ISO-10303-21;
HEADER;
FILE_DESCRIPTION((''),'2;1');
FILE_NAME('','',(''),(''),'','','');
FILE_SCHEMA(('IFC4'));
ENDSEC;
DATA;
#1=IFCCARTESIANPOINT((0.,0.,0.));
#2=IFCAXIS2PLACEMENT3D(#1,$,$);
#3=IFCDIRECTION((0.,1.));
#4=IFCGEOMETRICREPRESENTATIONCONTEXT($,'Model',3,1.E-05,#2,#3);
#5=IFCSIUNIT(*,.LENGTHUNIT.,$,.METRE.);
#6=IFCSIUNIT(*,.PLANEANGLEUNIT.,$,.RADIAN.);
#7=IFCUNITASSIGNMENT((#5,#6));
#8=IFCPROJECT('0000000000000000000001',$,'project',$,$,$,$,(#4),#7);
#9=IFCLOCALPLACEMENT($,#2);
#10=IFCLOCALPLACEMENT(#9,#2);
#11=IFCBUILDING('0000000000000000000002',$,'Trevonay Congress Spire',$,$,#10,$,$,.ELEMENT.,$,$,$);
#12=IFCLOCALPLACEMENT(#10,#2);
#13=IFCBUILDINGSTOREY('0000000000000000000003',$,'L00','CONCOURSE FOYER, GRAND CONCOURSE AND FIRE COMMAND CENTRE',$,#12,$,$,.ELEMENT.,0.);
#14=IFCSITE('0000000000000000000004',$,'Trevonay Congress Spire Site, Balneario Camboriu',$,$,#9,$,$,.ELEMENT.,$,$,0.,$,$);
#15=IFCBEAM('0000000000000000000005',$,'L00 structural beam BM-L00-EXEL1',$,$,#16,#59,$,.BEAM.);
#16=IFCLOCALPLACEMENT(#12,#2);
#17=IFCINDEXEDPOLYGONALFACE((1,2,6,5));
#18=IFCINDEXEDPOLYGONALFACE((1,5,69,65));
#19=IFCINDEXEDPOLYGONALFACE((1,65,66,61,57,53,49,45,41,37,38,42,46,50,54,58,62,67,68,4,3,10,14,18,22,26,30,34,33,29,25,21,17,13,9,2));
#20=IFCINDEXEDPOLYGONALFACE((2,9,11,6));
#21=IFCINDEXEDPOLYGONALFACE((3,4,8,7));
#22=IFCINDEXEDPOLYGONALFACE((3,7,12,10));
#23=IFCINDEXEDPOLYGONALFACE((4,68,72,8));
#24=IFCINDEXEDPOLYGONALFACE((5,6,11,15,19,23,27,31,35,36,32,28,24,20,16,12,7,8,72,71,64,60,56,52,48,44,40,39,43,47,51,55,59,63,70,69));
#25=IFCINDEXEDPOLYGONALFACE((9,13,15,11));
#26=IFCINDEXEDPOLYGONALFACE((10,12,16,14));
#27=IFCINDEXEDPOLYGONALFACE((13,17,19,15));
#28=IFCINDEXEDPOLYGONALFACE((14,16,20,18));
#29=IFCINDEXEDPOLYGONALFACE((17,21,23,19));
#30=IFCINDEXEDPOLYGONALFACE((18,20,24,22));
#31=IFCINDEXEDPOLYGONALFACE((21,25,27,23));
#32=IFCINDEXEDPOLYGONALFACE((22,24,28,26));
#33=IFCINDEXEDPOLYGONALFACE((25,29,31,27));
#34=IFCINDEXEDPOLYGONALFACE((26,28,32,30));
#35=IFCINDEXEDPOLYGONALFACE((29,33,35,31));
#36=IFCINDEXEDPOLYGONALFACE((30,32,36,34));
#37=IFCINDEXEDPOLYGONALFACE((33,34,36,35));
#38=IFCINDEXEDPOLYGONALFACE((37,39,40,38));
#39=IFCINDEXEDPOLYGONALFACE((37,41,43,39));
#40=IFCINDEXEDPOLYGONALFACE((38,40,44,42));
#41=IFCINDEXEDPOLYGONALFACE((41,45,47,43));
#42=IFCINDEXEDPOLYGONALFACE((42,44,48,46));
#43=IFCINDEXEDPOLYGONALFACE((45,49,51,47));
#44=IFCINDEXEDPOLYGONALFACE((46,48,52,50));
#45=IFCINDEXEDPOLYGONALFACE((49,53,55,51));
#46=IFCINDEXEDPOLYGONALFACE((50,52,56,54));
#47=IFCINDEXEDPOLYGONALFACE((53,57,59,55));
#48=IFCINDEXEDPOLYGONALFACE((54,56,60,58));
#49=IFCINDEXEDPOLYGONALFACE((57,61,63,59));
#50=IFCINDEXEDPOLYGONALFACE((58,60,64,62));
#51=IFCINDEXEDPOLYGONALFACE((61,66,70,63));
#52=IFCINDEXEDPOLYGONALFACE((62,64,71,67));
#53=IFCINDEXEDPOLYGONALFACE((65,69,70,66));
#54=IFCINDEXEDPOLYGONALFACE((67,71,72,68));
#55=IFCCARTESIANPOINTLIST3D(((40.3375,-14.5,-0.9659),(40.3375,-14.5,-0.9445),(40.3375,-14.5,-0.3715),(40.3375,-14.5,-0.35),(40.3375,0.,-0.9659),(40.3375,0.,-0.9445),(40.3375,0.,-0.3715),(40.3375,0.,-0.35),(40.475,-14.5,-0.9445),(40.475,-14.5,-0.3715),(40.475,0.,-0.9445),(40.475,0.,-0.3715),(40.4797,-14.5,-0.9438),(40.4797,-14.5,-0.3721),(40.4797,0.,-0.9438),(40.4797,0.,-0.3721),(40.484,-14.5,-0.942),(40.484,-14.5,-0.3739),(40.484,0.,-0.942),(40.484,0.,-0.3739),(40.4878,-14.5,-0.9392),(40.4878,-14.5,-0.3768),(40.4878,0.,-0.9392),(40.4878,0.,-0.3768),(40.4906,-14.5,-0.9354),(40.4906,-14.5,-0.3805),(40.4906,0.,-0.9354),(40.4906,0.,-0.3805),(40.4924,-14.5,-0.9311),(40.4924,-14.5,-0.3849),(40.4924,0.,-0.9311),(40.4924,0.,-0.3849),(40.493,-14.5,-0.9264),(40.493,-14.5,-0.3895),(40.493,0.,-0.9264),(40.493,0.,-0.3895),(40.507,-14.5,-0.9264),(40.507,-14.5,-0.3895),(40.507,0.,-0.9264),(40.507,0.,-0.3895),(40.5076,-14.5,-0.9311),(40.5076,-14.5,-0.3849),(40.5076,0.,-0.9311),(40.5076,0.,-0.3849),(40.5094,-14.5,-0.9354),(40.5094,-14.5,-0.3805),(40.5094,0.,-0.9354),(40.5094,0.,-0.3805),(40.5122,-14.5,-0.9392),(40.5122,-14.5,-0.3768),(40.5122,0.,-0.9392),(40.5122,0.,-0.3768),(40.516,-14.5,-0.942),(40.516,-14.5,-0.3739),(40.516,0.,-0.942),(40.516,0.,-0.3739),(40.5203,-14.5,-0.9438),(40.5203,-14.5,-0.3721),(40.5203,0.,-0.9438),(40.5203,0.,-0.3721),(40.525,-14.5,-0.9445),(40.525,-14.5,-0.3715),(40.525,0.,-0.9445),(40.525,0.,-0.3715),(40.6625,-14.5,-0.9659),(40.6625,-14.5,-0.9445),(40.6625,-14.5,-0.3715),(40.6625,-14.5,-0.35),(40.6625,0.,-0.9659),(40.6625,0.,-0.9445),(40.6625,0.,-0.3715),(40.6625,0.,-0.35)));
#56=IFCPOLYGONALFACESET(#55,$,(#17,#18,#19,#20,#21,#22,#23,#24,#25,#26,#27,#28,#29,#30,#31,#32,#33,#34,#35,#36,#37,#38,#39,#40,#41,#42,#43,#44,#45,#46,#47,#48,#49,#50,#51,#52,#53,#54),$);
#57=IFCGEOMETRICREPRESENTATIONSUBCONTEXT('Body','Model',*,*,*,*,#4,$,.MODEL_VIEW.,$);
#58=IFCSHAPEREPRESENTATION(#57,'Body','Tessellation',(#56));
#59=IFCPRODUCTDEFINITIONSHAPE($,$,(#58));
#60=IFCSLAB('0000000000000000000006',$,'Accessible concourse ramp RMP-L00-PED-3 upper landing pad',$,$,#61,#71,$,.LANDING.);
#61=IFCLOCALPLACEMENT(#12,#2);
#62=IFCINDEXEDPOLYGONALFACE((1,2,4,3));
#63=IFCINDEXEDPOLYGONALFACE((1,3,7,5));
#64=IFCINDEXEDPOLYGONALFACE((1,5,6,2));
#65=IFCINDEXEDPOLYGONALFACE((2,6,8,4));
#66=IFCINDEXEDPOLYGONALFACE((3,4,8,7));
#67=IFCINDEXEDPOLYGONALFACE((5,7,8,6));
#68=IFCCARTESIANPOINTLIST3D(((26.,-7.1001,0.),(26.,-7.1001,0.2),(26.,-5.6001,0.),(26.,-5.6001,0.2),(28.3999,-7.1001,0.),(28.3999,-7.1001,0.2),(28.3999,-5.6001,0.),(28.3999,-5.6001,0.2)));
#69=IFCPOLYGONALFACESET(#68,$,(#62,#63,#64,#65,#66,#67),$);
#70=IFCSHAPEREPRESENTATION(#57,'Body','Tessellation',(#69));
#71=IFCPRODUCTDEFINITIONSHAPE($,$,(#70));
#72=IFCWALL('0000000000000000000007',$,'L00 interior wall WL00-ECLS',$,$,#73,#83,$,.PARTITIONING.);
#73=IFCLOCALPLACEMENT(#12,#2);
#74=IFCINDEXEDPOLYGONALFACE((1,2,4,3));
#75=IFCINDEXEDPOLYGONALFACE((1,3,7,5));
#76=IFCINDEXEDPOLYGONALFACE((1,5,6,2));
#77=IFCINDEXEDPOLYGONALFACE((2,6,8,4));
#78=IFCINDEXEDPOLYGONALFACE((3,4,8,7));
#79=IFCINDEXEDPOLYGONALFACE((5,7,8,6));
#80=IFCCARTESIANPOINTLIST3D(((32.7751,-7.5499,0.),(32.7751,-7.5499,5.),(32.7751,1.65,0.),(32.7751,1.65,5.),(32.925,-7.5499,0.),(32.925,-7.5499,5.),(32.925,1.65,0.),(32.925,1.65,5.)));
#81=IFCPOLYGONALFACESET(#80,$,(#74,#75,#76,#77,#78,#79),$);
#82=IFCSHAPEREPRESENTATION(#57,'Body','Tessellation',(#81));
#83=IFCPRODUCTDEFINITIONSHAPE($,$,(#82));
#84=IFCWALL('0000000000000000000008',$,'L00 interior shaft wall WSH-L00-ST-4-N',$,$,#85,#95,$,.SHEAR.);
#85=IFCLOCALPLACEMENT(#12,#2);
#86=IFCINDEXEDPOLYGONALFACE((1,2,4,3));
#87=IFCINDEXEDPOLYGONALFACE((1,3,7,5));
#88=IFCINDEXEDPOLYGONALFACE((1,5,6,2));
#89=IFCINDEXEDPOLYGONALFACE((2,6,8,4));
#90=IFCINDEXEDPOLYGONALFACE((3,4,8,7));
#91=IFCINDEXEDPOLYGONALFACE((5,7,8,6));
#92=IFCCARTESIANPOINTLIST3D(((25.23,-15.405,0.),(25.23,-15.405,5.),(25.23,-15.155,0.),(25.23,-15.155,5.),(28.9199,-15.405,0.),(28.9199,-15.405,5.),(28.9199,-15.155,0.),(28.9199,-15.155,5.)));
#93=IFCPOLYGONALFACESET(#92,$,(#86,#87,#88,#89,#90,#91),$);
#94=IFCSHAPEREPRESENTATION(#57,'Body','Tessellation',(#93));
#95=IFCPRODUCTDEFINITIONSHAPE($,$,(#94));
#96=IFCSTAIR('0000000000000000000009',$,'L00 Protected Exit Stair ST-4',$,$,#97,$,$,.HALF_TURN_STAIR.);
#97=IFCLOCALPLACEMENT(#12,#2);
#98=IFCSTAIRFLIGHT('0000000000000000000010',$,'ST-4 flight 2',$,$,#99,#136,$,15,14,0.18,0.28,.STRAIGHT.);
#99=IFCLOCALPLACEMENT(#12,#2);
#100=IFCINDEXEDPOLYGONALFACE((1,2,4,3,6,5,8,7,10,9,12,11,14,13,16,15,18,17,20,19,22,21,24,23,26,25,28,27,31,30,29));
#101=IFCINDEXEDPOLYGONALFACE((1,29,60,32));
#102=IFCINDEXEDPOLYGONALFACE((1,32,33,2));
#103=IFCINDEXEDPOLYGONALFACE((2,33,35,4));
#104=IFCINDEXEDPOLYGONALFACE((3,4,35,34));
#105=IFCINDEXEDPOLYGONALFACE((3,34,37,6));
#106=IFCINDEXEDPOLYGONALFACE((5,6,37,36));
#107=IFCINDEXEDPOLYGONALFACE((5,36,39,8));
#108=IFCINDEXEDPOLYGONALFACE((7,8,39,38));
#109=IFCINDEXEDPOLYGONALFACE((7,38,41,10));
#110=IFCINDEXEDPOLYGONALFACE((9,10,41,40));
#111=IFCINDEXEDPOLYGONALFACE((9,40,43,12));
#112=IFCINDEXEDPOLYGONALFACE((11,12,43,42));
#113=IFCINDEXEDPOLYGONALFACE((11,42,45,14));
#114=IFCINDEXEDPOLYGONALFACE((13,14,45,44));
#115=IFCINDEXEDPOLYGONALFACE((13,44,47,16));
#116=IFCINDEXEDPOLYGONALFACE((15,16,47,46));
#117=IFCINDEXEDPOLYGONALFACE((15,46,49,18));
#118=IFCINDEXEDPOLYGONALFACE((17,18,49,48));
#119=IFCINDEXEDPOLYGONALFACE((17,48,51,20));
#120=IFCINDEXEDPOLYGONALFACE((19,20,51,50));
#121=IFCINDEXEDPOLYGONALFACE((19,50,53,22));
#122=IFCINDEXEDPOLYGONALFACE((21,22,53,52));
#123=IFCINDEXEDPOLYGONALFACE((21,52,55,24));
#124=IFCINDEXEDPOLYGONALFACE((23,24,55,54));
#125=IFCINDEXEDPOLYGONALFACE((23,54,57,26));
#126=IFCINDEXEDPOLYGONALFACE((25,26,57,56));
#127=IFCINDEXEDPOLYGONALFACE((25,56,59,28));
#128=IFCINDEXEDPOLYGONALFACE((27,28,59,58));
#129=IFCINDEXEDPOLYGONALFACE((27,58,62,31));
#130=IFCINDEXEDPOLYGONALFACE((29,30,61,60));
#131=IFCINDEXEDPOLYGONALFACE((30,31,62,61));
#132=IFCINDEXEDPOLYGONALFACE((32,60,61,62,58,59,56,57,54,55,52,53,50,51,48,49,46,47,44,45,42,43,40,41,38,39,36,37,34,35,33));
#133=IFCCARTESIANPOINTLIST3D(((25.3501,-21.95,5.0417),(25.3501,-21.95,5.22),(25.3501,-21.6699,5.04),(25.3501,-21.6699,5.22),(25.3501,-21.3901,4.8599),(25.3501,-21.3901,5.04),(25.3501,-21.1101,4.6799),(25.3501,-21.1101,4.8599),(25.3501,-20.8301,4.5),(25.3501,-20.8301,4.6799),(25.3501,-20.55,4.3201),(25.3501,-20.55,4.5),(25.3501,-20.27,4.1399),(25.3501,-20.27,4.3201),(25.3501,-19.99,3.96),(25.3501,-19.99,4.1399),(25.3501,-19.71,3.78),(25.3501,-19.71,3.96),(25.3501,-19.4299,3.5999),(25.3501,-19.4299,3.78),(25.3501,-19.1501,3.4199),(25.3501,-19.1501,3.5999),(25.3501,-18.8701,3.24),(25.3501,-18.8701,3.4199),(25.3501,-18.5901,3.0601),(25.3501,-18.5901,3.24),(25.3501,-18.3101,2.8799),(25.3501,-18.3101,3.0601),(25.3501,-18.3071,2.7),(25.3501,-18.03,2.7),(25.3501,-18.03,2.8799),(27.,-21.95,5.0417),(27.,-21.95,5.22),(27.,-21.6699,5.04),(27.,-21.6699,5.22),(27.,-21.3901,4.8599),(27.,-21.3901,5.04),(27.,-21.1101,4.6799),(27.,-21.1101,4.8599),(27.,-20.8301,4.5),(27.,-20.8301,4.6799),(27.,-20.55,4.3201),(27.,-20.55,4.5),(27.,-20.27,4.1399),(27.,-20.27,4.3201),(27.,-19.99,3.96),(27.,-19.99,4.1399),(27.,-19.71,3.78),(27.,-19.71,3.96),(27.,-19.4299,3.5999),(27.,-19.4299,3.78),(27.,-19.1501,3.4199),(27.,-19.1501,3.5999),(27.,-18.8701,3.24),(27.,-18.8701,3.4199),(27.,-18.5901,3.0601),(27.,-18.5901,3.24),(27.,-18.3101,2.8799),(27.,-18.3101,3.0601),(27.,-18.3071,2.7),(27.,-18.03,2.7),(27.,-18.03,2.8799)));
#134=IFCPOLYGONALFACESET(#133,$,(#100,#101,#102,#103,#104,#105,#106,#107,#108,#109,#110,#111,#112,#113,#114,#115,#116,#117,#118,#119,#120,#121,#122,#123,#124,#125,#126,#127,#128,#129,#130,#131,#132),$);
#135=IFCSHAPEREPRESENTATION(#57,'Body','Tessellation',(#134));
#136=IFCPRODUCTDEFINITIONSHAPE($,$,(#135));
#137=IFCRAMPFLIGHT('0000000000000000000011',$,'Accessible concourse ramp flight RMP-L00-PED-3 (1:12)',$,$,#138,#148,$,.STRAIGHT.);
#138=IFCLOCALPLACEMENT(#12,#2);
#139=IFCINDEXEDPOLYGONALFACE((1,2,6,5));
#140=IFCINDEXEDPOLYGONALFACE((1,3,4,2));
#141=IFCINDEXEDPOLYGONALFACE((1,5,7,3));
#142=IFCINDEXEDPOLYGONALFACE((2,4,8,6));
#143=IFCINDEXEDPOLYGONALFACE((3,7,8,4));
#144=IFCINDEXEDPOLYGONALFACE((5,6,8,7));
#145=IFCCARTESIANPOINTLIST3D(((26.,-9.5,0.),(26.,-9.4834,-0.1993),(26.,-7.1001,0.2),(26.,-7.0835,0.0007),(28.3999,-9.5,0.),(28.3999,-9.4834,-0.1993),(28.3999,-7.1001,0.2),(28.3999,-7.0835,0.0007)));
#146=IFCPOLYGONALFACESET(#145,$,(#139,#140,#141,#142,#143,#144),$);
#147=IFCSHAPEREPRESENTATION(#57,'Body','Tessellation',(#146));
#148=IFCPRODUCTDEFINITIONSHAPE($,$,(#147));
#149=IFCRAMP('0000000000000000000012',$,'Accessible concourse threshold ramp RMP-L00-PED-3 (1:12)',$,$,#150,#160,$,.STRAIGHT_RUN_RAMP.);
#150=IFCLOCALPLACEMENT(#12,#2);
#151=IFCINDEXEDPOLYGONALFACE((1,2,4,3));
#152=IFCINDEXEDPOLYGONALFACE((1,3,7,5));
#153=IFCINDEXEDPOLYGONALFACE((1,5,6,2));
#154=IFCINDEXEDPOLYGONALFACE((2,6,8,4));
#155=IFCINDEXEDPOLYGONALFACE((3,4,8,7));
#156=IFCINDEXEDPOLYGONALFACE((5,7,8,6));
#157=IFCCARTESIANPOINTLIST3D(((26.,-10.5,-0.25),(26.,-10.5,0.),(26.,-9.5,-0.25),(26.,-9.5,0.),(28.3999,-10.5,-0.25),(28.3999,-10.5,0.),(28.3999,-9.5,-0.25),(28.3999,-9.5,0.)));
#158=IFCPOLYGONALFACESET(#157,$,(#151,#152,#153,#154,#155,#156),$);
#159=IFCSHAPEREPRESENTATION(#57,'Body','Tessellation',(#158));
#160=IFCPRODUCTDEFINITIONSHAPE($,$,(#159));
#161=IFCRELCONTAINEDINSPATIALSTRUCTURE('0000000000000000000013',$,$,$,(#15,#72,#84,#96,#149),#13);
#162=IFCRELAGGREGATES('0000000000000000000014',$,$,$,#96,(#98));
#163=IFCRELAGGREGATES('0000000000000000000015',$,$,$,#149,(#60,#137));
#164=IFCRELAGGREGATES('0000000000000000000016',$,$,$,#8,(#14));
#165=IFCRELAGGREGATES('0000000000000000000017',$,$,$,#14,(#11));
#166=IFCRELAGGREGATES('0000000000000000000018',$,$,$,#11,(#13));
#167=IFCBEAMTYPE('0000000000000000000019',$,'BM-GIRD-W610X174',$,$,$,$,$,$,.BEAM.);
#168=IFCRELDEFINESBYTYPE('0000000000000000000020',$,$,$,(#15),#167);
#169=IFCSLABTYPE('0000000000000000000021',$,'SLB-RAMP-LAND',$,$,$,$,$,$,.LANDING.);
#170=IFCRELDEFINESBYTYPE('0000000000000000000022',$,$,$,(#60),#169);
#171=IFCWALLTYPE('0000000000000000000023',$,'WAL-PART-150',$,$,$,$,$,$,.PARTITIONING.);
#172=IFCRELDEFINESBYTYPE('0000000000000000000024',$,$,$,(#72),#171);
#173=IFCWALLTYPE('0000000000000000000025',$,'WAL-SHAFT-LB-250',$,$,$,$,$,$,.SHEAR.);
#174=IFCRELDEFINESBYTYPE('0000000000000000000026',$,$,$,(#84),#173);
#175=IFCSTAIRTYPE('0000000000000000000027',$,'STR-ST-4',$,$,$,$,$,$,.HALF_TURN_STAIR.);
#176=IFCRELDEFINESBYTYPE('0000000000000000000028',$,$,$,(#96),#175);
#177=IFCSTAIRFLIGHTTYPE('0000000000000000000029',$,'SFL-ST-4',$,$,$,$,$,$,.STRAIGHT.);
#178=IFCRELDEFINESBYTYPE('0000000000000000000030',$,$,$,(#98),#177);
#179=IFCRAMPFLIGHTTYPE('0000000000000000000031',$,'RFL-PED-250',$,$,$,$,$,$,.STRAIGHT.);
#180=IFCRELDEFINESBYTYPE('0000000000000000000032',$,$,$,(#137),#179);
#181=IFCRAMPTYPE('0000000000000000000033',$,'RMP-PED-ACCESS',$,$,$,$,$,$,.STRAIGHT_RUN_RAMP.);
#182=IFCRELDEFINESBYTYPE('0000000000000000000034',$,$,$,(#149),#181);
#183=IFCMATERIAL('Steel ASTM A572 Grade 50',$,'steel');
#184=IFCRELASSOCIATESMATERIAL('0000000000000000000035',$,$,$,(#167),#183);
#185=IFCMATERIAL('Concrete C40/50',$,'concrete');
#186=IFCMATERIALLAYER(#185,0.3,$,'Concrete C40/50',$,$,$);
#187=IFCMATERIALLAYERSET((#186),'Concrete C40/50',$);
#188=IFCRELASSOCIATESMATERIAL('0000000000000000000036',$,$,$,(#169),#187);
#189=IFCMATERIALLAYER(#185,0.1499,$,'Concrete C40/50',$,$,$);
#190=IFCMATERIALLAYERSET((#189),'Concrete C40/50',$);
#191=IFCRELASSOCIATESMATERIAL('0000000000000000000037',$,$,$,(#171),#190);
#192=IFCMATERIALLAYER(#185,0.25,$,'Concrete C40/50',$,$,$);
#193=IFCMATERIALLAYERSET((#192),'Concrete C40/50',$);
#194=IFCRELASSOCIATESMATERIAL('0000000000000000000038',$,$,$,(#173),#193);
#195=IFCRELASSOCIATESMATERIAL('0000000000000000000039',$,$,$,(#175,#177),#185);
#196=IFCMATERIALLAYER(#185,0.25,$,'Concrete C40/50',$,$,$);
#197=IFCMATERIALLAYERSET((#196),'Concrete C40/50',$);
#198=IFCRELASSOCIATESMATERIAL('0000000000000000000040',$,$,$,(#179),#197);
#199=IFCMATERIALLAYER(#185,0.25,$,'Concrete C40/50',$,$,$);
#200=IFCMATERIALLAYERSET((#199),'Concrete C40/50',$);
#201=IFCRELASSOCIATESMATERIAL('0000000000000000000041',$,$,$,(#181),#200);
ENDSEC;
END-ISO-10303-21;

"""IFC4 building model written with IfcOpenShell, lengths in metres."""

from ifc_helpers import new_model, si_unit, direction, frame, frame_2d, origin, origin_2d, place, context, subcontext, project, spatial, polyline, rectangle, i_section, outline, extrude, material, layer, layer_set, material_profile, profile_set, type_object, element, aggregate, save


model = new_model("IFC4")

# Units and contexts
model_context = context("Model", 3, precision=1e-05, world=origin(), true_north=direction((0.0, 1.0)))
body_context = subcontext(model_context, "Body", "Model", "MODEL_VIEW")
ifc_project = project(units=[si_unit("LENGTHUNIT", "METRE"), si_unit("PLANEANGLEUNIT", "RADIAN")], contexts=[model_context])

# Site, building, storey
site_placement = place(None, origin())
site = spatial("IfcSite", under=ifc_project, at=site_placement, Name="Trevonay Congress Spire Site, Balneario Camboriu", CompositionType="ELEMENT", RefElevation=0.0)
building_placement = place(site_placement, origin())
building = spatial("IfcBuilding", under=site, at=building_placement, Name="Trevonay Congress Spire", CompositionType="ELEMENT")
storey_placement = place(building_placement, origin())
storey = spatial("IfcBuildingStorey", under=building, at=storey_placement, Name="L00", Description="CONCOURSE FOYER, GRAND CONCOURSE AND FIRE COMMAND CENTRE", CompositionType="ELEMENT", Elevation=0.0)

# Shared definitions
ifc_material_1 = material(Name="Steel ASTM A572 Grade 50", Category="steel")

# Beam
ifc_material_profile_1 = material_profile(ifc_material_1, i_section(OverallWidth=0.325, OverallDepth=0.616, WebThickness=0.0139, FlangeThickness=0.0215, FilletRadius=0.0181, at=origin_2d()), Name="W610x174")
ifc_profile_set_1 = profile_set([ifc_material_profile_1], Name="Steel ASTM A572 Grade 50")
beam_type = type_object("IfcBeamType", Name="BM-GIRD-W610X174", PredefinedType="BEAM", material=ifc_profile_set_1)
beam_1_placement = place(storey_placement, frame((40.5, -14.5, -0.658), z_axis=(0.0, 1.0, 0.0), x_axis=(-1.0, 0.0, 0.0)))
element("IfcBeam", 1, at=beam_1_placement, inside=storey, type_object=beam_type, Name="L00 structural beam BM-L00-EXEL1", PredefinedType="BEAM", context=body_context, shape_type="SweptSolid", body=[
    extrude(i_section(OverallWidth=0.325, OverallDepth=0.616, WebThickness=0.0139, FlangeThickness=0.0215, FilletRadius=0.0181, at=origin_2d()), origin(), (0.0, 0.0, 1.0), 14.5),
])

# Slab
ifc_material_2 = material(Name="Concrete C40/50", Category="concrete")
ifc_layer_1 = layer(ifc_material_2, 0.3, Name="Concrete C40/50")
ifc_layer_set_1 = layer_set([ifc_layer_1], Name="Concrete C40/50")
slab_type = type_object("IfcSlabType", Name="SLB-RAMP-LAND", PredefinedType="LANDING", material=ifc_layer_set_1)
slab_placement = place(storey_placement, origin())
slab = element("IfcSlab", 2, at=slab_placement, type_object=slab_type, Name="Accessible concourse ramp RMP-L00-PED-3 upper landing pad", PredefinedType="LANDING", context=body_context, shape_type="SweptSolid", body=[
    extrude(outline(polyline([(26.0, -7.1001), (28.3999, -7.1001), (28.3999, -5.6001), (26.0, -5.6001), (26.0, -7.1001)])), origin(), (0.0, 0.0, 1.0), 0.2),
])

# Walls
ifc_layer_2 = layer(ifc_material_2, 0.1499, Name="Concrete C40/50")
ifc_layer_set_2 = layer_set([ifc_layer_2], Name="Concrete C40/50")
wall_type_1 = type_object("IfcWallType", Name="WAL-PART-150", PredefinedType="PARTITIONING", material=ifc_layer_set_2)
wall_1_placement = place(storey_placement, frame((32.8501, -7.55, 0.0), z_axis=(0.0, 0.0, 1.0), x_axis=(0.0, 1.0, 0.0)))
element("IfcWall", 3, at=wall_1_placement, inside=storey, type_object=wall_type_1, Name="L00 interior wall WL00-ECLS", PredefinedType="PARTITIONING", context=body_context, shape_type="SweptSolid", body=[
    extrude(rectangle(XDim=9.2, YDim=0.1499, at=frame_2d((4.6001, 0.0))), origin(), (0.0, 0.0, 1.0), 5.0),
])
ifc_layer_3 = layer(ifc_material_2, 0.25, Name="Concrete C40/50")
ifc_layer_set_3 = layer_set([ifc_layer_3], Name="Concrete C40/50")
wall_type_2 = type_object("IfcWallType", Name="WAL-SHAFT-LB-250", PredefinedType="SHEAR", material=ifc_layer_set_3)
wall_2_placement = place(storey_placement, frame((25.23, -15.28, 0.0), z_axis=(0.0, 0.0, 1.0), x_axis=(1.0, 0.0, 0.0)))
element("IfcWall", 4, at=wall_2_placement, inside=storey, type_object=wall_type_2, Name="L00 interior shaft wall WSH-L00-ST-4-N", PredefinedType="SHEAR", context=body_context, shape_type="SweptSolid", body=[
    extrude(rectangle(XDim=3.6899, YDim=0.25, at=frame_2d((1.845, 0.0))), origin(), (0.0, 0.0, 1.0), 5.0),
])

# Stair, stair flight
stair_type = type_object("IfcStairType", Name="STR-ST-4", PredefinedType="HALF_TURN_STAIR", material=ifc_material_2)
stair_placement = place(storey_placement, origin())
stair = element("IfcStair", 5, at=stair_placement, inside=storey, type_object=stair_type, Name="L00 Protected Exit Stair ST-4", PredefinedType="HALF_TURN_STAIR")
stair_flight_type = type_object("IfcStairFlightType", Name="SFL-ST-4", PredefinedType="STRAIGHT", material=ifc_material_2)
stair_flight_placement = place(storey_placement, frame((26.175, -18.03, 2.7), z_axis=(0.0, 0.0, 1.0), x_axis=(0.0, -1.0, 0.0)))
stair_flight = element("IfcStairFlight", 6, at=stair_flight_placement, type_object=stair_flight_type, Name="ST-4 flight 2", NumberOfRisers=15, NumberOfTreads=14, PredefinedType="STRAIGHT", RiserHeight=0.18, TreadLength=0.28, context=body_context, shape_type="SweptSolid", body=[
    extrude(outline(polyline([(0.0, 0.0), (0.0, 0.1799), (0.28, 0.1799), (0.28, 0.3601), (0.5601, 0.3601), (0.5601, 0.54), (0.8401, 0.54), (0.8401, 0.72), (1.1201, 0.72), (1.1201, 0.8999), (1.3999, 0.8999), (1.3999, 1.0801), (1.6799, 1.0801), (1.6799, 1.26), (1.96, 1.26), (1.96, 1.4399), (2.24, 1.4399), (2.24, 1.6201), (2.52, 1.6201), (2.52, 1.8), (2.8, 1.8), (2.8, 1.98), (3.0801, 1.98), (3.0801, 2.1599), (3.3601, 2.1599), (3.3601, 2.3401), (3.6399, 2.3401), (3.6399, 2.52), (3.9199, 2.52), (3.9199, 2.7), (3.9199, 2.3418), (0.2771, 0.0), (0.0, 0.0)])), frame((0.0, 0.825, 0.0), z_axis=(0.0, -1.0, 0.0), x_axis=(1.0, 0.0, 0.0)), (0.0, 0.0, 1.0), 1.6499),
])
aggregate(stair, [stair_flight])

# Ramp flight
ifc_layer_4 = layer(ifc_material_2, 0.25, Name="Concrete C40/50")
ifc_layer_set_4 = layer_set([ifc_layer_4], Name="Concrete C40/50")
ramp_flight_type = type_object("IfcRampFlightType", Name="RFL-PED-250", PredefinedType="STRAIGHT", material=ifc_layer_set_4)
ramp_flight_placement = place(storey_placement, frame((26.0, -9.5, 0.0), z_axis=(0.0, -0.083029, 0.996547), x_axis=(1.0, 0.0, 0.0)))
ramp_flight = element("IfcRampFlight", 7, at=ramp_flight_placement, type_object=ramp_flight_type, Name="Accessible concourse ramp flight RMP-L00-PED-3 (1:12)", PredefinedType="STRAIGHT", context=body_context, shape_type="SweptSolid", body=[
    extrude(outline(polyline([(0.0, 0.0), (2.3999, 0.0), (2.3999, 2.4082), (0.0, 2.4082), (0.0, 0.0)])), origin(), (0.0, 0.0, -1.0), 0.2),
])

# Ramp
ifc_layer_5 = layer(ifc_material_2, 0.25, Name="Concrete C40/50")
ifc_layer_set_5 = layer_set([ifc_layer_5], Name="Concrete C40/50")
ramp_type = type_object("IfcRampType", Name="RMP-PED-ACCESS", PredefinedType="STRAIGHT_RUN_RAMP", material=ifc_layer_set_5)
ramp_placement = place(storey_placement, frame((27.2, -10.0, -0.25), z_axis=(0.0, 0.0, 1.0), x_axis=(1.0, 0.0, 0.0)))
ramp = element("IfcRamp", 8, at=ramp_placement, inside=storey, type_object=ramp_type, Name="Accessible concourse threshold ramp RMP-L00-PED-3 (1:12)", PredefinedType="STRAIGHT_RUN_RAMP", context=body_context, shape_type="SweptSolid", body=[
    extrude(rectangle(XDim=2.3999, YDim=1.0, at=origin_2d()), origin(), (0.0, 0.0, 1.0), 0.25),
])
aggregate(ramp, [slab, ramp_flight])

save(model, "model.ifc")
